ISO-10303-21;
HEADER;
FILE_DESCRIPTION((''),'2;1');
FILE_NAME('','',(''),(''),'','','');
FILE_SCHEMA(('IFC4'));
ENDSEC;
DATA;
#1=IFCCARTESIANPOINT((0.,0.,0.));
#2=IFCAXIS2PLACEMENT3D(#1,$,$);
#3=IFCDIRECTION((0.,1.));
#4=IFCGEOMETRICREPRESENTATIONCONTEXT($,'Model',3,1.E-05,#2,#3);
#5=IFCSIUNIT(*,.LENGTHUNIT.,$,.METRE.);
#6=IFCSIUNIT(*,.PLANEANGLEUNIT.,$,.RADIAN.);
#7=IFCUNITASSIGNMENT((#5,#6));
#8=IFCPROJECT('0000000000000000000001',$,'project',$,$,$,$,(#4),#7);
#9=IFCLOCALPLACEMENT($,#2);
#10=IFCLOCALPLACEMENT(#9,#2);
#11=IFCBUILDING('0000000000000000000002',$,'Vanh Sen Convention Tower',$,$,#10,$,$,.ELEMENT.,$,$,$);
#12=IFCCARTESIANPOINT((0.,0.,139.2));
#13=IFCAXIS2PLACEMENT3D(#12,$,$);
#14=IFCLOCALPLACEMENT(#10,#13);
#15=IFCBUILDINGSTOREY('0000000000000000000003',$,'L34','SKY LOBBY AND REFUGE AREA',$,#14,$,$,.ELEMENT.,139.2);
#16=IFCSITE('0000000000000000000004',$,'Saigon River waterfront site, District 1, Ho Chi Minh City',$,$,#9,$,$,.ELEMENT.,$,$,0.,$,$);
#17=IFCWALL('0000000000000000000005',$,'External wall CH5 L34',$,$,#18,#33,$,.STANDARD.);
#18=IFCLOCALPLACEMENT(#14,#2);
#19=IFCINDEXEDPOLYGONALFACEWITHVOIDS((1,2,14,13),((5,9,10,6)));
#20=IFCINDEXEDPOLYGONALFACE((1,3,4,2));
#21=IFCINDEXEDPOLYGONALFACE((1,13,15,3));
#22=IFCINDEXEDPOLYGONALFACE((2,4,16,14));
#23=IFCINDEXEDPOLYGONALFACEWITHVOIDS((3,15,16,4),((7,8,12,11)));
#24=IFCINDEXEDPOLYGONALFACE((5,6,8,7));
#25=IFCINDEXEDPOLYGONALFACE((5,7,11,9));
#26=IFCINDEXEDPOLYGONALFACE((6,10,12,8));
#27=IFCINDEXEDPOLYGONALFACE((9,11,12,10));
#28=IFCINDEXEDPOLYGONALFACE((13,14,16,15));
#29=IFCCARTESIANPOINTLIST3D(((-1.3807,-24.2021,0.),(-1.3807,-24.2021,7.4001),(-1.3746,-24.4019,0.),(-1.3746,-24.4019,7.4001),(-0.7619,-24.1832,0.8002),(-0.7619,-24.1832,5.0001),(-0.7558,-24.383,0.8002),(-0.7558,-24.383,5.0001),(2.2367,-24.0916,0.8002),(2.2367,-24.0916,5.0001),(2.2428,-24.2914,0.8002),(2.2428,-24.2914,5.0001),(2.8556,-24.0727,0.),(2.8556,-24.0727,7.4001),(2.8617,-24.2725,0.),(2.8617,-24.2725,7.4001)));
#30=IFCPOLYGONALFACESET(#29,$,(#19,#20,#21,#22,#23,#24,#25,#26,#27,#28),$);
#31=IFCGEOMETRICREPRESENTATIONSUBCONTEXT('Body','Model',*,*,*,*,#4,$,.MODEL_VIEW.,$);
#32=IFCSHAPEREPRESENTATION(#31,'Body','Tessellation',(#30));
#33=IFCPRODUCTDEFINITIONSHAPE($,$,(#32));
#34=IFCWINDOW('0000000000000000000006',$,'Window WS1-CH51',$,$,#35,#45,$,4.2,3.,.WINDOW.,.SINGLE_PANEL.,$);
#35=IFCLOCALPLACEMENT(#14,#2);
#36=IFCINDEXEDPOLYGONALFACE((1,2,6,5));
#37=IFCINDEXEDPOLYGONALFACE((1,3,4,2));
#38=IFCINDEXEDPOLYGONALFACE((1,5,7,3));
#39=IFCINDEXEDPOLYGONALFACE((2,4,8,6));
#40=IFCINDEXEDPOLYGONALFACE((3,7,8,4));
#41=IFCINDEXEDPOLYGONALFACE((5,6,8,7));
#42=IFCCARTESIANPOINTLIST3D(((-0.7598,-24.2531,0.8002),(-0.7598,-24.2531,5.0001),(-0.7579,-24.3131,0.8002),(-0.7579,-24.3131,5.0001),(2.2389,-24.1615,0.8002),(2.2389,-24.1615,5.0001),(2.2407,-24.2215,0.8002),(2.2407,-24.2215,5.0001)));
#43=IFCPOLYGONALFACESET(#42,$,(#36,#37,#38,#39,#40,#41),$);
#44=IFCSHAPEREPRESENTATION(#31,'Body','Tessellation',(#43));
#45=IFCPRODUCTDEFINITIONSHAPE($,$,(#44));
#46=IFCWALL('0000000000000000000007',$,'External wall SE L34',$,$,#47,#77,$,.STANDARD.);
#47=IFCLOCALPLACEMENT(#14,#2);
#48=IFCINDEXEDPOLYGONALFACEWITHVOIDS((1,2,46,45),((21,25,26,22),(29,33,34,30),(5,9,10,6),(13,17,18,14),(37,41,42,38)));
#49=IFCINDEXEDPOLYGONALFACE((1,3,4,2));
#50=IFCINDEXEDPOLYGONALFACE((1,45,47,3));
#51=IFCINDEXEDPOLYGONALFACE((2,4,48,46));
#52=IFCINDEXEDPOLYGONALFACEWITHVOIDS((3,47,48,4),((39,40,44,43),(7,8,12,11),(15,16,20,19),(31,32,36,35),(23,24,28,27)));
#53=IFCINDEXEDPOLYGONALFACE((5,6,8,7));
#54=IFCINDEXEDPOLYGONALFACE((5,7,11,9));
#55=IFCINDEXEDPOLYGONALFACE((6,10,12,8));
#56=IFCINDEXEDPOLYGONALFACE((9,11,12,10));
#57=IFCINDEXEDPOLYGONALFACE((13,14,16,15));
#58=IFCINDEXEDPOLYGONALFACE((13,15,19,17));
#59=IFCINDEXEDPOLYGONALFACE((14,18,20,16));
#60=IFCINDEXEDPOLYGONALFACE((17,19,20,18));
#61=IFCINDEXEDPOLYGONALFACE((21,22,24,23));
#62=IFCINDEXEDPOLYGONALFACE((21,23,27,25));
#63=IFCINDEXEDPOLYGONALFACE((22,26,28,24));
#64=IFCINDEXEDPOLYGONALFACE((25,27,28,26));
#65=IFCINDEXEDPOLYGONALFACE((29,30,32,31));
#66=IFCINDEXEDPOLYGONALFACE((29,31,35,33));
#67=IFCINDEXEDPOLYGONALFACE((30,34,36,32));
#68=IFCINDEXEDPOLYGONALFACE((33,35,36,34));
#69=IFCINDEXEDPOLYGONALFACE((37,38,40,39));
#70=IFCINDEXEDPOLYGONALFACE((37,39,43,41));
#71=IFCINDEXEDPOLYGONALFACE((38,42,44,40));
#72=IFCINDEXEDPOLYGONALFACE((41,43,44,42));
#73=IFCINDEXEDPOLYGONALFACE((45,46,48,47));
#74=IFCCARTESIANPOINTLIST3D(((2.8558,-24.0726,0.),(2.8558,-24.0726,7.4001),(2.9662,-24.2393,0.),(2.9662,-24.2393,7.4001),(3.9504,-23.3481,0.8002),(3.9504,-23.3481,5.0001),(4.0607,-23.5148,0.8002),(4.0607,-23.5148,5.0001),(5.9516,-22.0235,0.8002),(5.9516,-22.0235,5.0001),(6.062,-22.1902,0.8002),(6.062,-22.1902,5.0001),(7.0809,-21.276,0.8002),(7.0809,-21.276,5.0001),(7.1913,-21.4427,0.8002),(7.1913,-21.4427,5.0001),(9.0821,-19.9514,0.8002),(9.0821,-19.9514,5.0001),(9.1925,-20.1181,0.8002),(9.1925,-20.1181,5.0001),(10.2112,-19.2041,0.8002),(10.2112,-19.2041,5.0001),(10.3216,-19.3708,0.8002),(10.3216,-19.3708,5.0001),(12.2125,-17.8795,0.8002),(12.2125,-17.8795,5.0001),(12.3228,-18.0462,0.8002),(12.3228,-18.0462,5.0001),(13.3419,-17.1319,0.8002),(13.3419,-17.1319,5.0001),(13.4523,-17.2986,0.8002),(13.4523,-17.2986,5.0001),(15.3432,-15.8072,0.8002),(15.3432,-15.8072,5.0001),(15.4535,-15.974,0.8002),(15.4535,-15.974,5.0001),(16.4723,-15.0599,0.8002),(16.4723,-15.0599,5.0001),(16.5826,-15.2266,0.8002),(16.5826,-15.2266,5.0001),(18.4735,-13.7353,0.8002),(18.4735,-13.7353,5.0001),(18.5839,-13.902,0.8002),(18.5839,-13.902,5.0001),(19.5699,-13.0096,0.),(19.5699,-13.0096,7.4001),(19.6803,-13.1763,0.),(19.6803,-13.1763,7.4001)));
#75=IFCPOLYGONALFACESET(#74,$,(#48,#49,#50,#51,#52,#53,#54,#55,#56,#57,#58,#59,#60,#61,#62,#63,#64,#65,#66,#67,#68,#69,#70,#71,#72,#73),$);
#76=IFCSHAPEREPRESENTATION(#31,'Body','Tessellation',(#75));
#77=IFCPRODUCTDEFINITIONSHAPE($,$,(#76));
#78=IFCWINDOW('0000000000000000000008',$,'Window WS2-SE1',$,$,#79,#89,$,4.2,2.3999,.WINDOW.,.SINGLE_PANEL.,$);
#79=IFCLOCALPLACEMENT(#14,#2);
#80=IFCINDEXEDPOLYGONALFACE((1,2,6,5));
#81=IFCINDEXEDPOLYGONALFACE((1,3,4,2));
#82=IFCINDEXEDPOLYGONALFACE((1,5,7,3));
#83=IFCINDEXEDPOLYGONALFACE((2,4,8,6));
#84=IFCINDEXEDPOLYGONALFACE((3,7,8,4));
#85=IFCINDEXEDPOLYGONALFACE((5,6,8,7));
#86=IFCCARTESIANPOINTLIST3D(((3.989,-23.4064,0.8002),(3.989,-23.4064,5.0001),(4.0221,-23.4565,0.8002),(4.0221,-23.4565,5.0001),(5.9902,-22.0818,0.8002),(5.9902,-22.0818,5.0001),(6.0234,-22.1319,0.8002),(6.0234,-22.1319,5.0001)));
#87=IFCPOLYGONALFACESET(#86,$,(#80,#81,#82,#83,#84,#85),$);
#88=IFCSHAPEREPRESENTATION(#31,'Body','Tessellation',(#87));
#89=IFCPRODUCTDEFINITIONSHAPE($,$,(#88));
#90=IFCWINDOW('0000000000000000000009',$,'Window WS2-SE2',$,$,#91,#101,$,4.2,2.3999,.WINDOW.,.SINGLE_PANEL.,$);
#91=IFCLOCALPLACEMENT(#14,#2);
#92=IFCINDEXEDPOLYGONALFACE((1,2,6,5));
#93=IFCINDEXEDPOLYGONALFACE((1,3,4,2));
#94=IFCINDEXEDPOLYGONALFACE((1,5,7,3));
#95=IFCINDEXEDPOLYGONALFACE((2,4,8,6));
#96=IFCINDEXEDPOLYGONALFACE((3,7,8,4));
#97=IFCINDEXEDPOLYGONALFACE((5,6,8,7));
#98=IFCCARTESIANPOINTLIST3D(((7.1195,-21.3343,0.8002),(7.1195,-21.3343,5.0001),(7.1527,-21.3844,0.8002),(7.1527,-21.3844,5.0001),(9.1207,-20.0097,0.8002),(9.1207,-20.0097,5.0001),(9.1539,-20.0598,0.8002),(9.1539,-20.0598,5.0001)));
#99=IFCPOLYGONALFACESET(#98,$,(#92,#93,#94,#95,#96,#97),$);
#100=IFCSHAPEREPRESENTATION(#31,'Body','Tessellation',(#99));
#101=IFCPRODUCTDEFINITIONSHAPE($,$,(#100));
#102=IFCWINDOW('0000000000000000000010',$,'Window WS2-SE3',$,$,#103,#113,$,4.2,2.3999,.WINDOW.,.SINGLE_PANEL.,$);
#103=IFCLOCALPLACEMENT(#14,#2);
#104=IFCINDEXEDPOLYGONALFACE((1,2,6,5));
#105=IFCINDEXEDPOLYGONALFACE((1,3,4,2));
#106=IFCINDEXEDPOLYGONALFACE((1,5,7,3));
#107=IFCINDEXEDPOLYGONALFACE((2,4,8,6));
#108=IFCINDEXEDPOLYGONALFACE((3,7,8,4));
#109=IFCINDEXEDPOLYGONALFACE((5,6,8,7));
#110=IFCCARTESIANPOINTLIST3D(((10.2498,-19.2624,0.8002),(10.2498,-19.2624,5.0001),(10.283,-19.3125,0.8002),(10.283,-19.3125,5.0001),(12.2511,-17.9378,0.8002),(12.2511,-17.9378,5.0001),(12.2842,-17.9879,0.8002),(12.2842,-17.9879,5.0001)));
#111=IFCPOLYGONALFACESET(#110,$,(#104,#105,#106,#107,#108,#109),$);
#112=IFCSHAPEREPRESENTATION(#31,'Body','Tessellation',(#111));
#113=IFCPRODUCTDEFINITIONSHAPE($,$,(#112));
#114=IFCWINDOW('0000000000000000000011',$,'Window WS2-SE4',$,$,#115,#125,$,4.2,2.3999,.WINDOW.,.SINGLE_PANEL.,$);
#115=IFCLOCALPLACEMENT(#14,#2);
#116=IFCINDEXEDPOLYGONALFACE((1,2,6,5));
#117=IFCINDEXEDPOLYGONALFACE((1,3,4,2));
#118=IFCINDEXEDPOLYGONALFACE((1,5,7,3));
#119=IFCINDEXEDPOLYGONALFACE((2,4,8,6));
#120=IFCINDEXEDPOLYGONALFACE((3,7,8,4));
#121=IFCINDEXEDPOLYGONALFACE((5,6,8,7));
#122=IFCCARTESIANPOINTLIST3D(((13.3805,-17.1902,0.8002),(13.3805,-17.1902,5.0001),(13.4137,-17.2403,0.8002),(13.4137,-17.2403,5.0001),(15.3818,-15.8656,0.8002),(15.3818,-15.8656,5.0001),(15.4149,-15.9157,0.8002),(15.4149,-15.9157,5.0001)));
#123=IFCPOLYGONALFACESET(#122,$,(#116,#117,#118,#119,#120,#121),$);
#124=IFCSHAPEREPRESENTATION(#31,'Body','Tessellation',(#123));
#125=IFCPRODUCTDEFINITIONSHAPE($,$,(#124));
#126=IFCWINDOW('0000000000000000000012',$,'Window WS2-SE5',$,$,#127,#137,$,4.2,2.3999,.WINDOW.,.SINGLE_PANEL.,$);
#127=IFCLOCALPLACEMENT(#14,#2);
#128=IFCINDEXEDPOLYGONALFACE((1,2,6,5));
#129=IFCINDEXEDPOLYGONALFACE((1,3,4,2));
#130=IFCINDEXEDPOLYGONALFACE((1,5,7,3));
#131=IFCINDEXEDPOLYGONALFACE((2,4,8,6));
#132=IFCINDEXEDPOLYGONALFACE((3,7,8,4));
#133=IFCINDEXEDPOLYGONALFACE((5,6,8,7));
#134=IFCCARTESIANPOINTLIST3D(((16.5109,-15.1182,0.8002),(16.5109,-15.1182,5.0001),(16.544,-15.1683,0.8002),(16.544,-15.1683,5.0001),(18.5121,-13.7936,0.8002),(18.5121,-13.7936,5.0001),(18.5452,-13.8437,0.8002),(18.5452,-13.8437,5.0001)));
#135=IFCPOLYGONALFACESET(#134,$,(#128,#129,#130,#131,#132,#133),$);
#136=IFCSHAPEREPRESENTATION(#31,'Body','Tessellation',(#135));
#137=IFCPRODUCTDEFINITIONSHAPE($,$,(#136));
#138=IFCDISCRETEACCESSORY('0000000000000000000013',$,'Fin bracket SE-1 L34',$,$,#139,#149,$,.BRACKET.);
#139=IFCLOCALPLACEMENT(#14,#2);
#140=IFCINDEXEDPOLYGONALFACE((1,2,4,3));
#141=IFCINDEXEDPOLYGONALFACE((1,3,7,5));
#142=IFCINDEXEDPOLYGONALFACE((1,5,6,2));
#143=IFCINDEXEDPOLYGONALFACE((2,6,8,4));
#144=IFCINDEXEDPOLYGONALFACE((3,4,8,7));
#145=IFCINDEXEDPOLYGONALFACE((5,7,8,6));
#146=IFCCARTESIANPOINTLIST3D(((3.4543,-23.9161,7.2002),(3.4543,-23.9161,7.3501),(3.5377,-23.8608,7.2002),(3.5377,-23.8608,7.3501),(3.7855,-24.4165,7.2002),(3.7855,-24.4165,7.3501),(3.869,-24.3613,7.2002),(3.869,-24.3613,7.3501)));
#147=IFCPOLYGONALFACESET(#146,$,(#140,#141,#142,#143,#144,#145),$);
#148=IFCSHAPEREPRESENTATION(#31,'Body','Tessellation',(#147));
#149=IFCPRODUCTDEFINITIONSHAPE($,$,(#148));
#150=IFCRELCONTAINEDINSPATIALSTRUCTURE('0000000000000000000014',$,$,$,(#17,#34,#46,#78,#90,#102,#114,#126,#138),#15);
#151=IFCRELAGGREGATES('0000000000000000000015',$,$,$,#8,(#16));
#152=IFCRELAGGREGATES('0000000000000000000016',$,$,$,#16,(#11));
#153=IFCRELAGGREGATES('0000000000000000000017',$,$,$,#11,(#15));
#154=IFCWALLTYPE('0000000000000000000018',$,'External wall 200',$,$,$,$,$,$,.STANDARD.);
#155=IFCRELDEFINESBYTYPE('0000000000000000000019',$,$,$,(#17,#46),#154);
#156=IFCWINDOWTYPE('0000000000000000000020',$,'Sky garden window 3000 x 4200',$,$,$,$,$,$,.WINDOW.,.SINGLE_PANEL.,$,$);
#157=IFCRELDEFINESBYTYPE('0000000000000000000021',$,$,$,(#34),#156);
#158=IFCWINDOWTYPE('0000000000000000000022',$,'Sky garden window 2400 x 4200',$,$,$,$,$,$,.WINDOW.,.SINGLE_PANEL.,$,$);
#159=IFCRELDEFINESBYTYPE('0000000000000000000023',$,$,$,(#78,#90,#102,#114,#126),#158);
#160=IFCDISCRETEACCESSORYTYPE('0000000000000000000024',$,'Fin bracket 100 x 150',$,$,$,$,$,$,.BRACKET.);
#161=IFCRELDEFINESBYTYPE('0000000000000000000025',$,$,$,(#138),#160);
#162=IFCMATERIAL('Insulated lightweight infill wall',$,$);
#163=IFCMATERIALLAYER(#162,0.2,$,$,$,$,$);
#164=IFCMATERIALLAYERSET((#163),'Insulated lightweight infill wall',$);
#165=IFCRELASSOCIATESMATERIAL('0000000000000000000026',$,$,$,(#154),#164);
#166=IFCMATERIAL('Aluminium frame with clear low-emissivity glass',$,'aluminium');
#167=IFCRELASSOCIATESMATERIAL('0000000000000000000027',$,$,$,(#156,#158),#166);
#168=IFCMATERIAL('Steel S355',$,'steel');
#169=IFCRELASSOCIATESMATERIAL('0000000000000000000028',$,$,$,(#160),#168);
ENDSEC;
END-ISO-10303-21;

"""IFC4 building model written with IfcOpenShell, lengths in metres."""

from ifc_helpers import new_model, si_unit, direction, frame, frame_2d, origin, origin_2d, place, context, subcontext, project, spatial, rectangle, extrude, material, layer, layer_set, type_object, element, fill, save


model = new_model("IFC4")

# Units and contexts
model_context = context("Model", 3, precision=1e-05, world=origin(), true_north=direction((0.0, 1.0)))
body_context = subcontext(model_context, "Body", "Model", "MODEL_VIEW")
ifc_project = project(units=[si_unit("LENGTHUNIT", "METRE"), si_unit("PLANEANGLEUNIT", "RADIAN")], contexts=[model_context])

# Site, building, storey
site_placement = place(None, origin())
site = spatial("IfcSite", under=ifc_project, at=site_placement, Name="Saigon River waterfront site, District 1, Ho Chi Minh City", CompositionType="ELEMENT", RefElevation=0.0)
building_placement = place(site_placement, origin())
building = spatial("IfcBuilding", under=site, at=building_placement, Name="Vanh Sen Convention Tower", CompositionType="ELEMENT")
storey_placement = place(building_placement, frame((0.0, 0.0, 139.2)))
storey = spatial("IfcBuildingStorey", under=building, at=storey_placement, Name="L34", Description="SKY LOBBY AND REFUGE AREA", CompositionType="ELEMENT", Elevation=139.2)

# Wall, opening, window
ifc_material_1 = material(Name="Insulated lightweight infill wall")
ifc_layer_1 = layer(ifc_material_1, 0.2)
ifc_layer_set_1 = layer_set([ifc_layer_1], Name="Insulated lightweight infill wall")
wall_type = type_object("IfcWallType", Name="External wall 200", PredefinedType="STANDARD", material=ifc_layer_set_1)
wall_1_placement = place(storey_placement, frame((-1.3777, -24.302, 0.0), z_axis=(0.0, 0.0, 1.0), x_axis=(0.999534, 0.03053, 0.0)))
wall_1 = element("IfcWall", 1, at=wall_1_placement, inside=storey, type_object=wall_type, Name="External wall CH5 L34", PredefinedType="STANDARD", context=body_context, shape_type="SweptSolid", body=[
    extrude(rectangle(XDim=4.2383, YDim=0.2, at=frame_2d((2.1191, 0.0))), origin(), (0.0, 0.0, 1.0), 7.4001),
])
opening_1_placement = place(wall_1_placement, frame((0.6191, 0.0, 0.8)))
opening_1 = element("IfcOpeningElement", 2, at=opening_1_placement, cuts=wall_1, PredefinedType="OPENING", context=body_context, shape_type="SweptSolid", body=[
    extrude(rectangle(XDim=3.0, YDim=4.2, at=frame_2d((1.5, 2.1001))), frame((0.0, 0.1099, 0.0), z_axis=(0.0, -1.0, 0.0), x_axis=(1.0, 0.0, 0.0)), (0.0, 0.0, 1.0), 0.22),
])
ifc_material_2 = material(Name="Aluminium frame with clear low-emissivity glass", Category="aluminium")
window_type_1 = type_object("IfcWindowType", Name="Sky garden window 3000 x 4200", PartitioningType="SINGLE_PANEL", PredefinedType="WINDOW", material=ifc_material_2)
window_1_placement = place(opening_1_placement, origin())
window_1 = element("IfcWindow", 3, at=window_1_placement, inside=storey, type_object=window_type_1, Name="Window WS1-CH51", OverallHeight=4.2, OverallWidth=3.0, PartitioningType="SINGLE_PANEL", PredefinedType="WINDOW", context=body_context, shape_type="SweptSolid", body=[
    extrude(rectangle(XDim=3.0, YDim=4.2, at=frame_2d((1.5, 2.1001))), frame((0.0, 0.03, 0.0), z_axis=(0.0, -1.0, 0.0), x_axis=(1.0, 0.0, 0.0)), (0.0, 0.0, 1.0), 0.0601),
])
fill(opening_1, window_1)

# Wall, openings, windows
wall_2_placement = place(storey_placement, frame((2.9109, -24.156, 0.0), z_axis=(0.0, 0.0, 1.0), x_axis=(0.833882, 0.551943, 0.0)))
wall_2 = element("IfcWall", 4, at=wall_2_placement, inside=storey, type_object=wall_type, Name="External wall SE L34", PredefinedType="STANDARD", context=body_context, shape_type="SweptSolid", body=[
    extrude(rectangle(XDim=20.0437, YDim=0.2, at=frame_2d((10.022, 0.0))), origin(), (0.0, 0.0, 1.0), 7.4001),
])
opening_2_placement = place(wall_2_placement, frame((1.3127, 0.0, 0.8)))
opening_2 = element("IfcOpeningElement", 5, at=opening_2_placement, cuts=wall_2, PredefinedType="OPENING", context=body_context, shape_type="SweptSolid", body=[
    extrude(rectangle(XDim=2.3999, YDim=4.2, at=frame_2d((1.2, 2.1001))), frame((0.0, 0.1099, 0.0), z_axis=(0.0, -1.0, 0.0), x_axis=(1.0, 0.0, 0.0)), (0.0, 0.0, 1.0), 0.22),
])
opening_3_placement = place(wall_2_placement, frame((5.0669, 0.0, 0.8)))
opening_3 = element("IfcOpeningElement", 6, at=opening_3_placement, cuts=wall_2, PredefinedType="OPENING", context=body_context, shape_type="SweptSolid", body=[
    extrude(rectangle(XDim=2.3999, YDim=4.2, at=frame_2d((1.2, 2.1001))), frame((0.0, 0.1099, 0.0), z_axis=(0.0, -1.0, 0.0), x_axis=(1.0, 0.0, 0.0)), (0.0, 0.0, 1.0), 0.22),
])
opening_4_placement = place(wall_2_placement, frame((8.8208, 0.0, 0.8)))
opening_4 = element("IfcOpeningElement", 7, at=opening_4_placement, cuts=wall_2, PredefinedType="OPENING", context=body_context, shape_type="SweptSolid", body=[
    extrude(rectangle(XDim=2.3999, YDim=4.2, at=frame_2d((1.2, 2.1001))), frame((0.0, 0.1099, 0.0), z_axis=(0.0, -1.0, 0.0), x_axis=(1.0, 0.0, 0.0)), (0.0, 0.0, 1.0), 0.22),
])
opening_5_placement = place(wall_2_placement, frame((12.5752, 0.0, 0.8)))
opening_5 = element("IfcOpeningElement", 8, at=opening_5_placement, cuts=wall_2, PredefinedType="OPENING", context=body_context, shape_type="SweptSolid", body=[
    extrude(rectangle(XDim=2.3999, YDim=4.2, at=frame_2d((1.2, 2.1001))), frame((0.0, 0.1099, 0.0), z_axis=(0.0, -1.0, 0.0), x_axis=(1.0, 0.0, 0.0)), (0.0, 0.0, 1.0), 0.22),
])
opening_6_placement = place(wall_2_placement, frame((16.3291, 0.0, 0.8)))
opening_6 = element("IfcOpeningElement", 9, at=opening_6_placement, cuts=wall_2, PredefinedType="OPENING", context=body_context, shape_type="SweptSolid", body=[
    extrude(rectangle(XDim=2.3999, YDim=4.2, at=frame_2d((1.2, 2.1001))), frame((0.0, 0.1099, 0.0), z_axis=(0.0, -1.0, 0.0), x_axis=(1.0, 0.0, 0.0)), (0.0, 0.0, 1.0), 0.22),
])
window_type_2 = type_object("IfcWindowType", Name="Sky garden window 2400 x 4200", PartitioningType="SINGLE_PANEL", PredefinedType="WINDOW", material=ifc_material_2)
window_2_placement = place(opening_2_placement, origin())
window_2 = element("IfcWindow", 10, at=window_2_placement, inside=storey, type_object=window_type_2, Name="Window WS2-SE1", OverallHeight=4.2, OverallWidth=2.3999, PartitioningType="SINGLE_PANEL", PredefinedType="WINDOW", context=body_context, shape_type="SweptSolid", body=[
    extrude(rectangle(XDim=2.3999, YDim=4.2, at=frame_2d((1.2, 2.1001))), frame((0.0, 0.03, 0.0), z_axis=(0.0, -1.0, 0.0), x_axis=(1.0, 0.0, 0.0)), (0.0, 0.0, 1.0), 0.0601),
])
fill(opening_2, window_2)
window_3_placement = place(opening_3_placement, origin())
window_3 = element("IfcWindow", 11, at=window_3_placement, inside=storey, type_object=window_type_2, Name="Window WS2-SE2", OverallHeight=4.2, OverallWidth=2.3999, PartitioningType="SINGLE_PANEL", PredefinedType="WINDOW", context=body_context, shape_type="SweptSolid", body=[
    extrude(rectangle(XDim=2.3999, YDim=4.2, at=frame_2d((1.2, 2.1001))), frame((0.0, 0.03, 0.0), z_axis=(0.0, -1.0, 0.0), x_axis=(1.0, 0.0, 0.0)), (0.0, 0.0, 1.0), 0.0601),
])
fill(opening_3, window_3)
window_4_placement = place(opening_4_placement, origin())
window_4 = element("IfcWindow", 12, at=window_4_placement, inside=storey, type_object=window_type_2, Name="Window WS2-SE3", OverallHeight=4.2, OverallWidth=2.3999, PartitioningType="SINGLE_PANEL", PredefinedType="WINDOW", context=body_context, shape_type="SweptSolid", body=[
    extrude(rectangle(XDim=2.3999, YDim=4.2, at=frame_2d((1.2, 2.1001))), frame((0.0, 0.03, 0.0), z_axis=(0.0, -1.0, 0.0), x_axis=(1.0, 0.0, 0.0)), (0.0, 0.0, 1.0), 0.0601),
])
fill(opening_4, window_4)
window_5_placement = place(opening_5_placement, origin())
window_5 = element("IfcWindow", 13, at=window_5_placement, inside=storey, type_object=window_type_2, Name="Window WS2-SE4", OverallHeight=4.2, OverallWidth=2.3999, PartitioningType="SINGLE_PANEL", PredefinedType="WINDOW", context=body_context, shape_type="SweptSolid", body=[
    extrude(rectangle(XDim=2.3999, YDim=4.2, at=frame_2d((1.2, 2.1001))), frame((0.0, 0.03, 0.0), z_axis=(0.0, -1.0, 0.0), x_axis=(1.0, 0.0, 0.0)), (0.0, 0.0, 1.0), 0.0601),
])
fill(opening_5, window_5)
window_6_placement = place(opening_6_placement, origin())
window_6 = element("IfcWindow", 14, at=window_6_placement, inside=storey, type_object=window_type_2, Name="Window WS2-SE5", OverallHeight=4.2, OverallWidth=2.3999, PartitioningType="SINGLE_PANEL", PredefinedType="WINDOW", context=body_context, shape_type="SweptSolid", body=[
    extrude(rectangle(XDim=2.3999, YDim=4.2, at=frame_2d((1.2, 2.1001))), frame((0.0, 0.03, 0.0), z_axis=(0.0, -1.0, 0.0), x_axis=(1.0, 0.0, 0.0)), (0.0, 0.0, 1.0), 0.0601),
])
fill(opening_6, window_6)

# Discrete accessory
ifc_material_3 = material(Name="Steel S355", Category="steel")
discrete_accessory_type = type_object("IfcDiscreteAccessoryType", Name="Fin bracket 100 x 150", PredefinedType="BRACKET", material=ifc_material_3)
discrete_accessory_placement = place(storey_placement, frame((3.6616, -24.1387, 7.2002), z_axis=(0.0, 0.0, 1.0), x_axis=(0.551937, -0.833886, 0.0)))
element("IfcDiscreteAccessory", 15, at=discrete_accessory_placement, inside=storey, type_object=discrete_accessory_type, Name="Fin bracket SE-1 L34", PredefinedType="BRACKET", context=body_context, shape_type="SweptSolid", body=[
    extrude(rectangle(XDim=0.6001, YDim=0.1001, at=origin_2d()), origin(), (0.0, 0.0, 1.0), 0.1499),
])

save(model, "model.ifc")
